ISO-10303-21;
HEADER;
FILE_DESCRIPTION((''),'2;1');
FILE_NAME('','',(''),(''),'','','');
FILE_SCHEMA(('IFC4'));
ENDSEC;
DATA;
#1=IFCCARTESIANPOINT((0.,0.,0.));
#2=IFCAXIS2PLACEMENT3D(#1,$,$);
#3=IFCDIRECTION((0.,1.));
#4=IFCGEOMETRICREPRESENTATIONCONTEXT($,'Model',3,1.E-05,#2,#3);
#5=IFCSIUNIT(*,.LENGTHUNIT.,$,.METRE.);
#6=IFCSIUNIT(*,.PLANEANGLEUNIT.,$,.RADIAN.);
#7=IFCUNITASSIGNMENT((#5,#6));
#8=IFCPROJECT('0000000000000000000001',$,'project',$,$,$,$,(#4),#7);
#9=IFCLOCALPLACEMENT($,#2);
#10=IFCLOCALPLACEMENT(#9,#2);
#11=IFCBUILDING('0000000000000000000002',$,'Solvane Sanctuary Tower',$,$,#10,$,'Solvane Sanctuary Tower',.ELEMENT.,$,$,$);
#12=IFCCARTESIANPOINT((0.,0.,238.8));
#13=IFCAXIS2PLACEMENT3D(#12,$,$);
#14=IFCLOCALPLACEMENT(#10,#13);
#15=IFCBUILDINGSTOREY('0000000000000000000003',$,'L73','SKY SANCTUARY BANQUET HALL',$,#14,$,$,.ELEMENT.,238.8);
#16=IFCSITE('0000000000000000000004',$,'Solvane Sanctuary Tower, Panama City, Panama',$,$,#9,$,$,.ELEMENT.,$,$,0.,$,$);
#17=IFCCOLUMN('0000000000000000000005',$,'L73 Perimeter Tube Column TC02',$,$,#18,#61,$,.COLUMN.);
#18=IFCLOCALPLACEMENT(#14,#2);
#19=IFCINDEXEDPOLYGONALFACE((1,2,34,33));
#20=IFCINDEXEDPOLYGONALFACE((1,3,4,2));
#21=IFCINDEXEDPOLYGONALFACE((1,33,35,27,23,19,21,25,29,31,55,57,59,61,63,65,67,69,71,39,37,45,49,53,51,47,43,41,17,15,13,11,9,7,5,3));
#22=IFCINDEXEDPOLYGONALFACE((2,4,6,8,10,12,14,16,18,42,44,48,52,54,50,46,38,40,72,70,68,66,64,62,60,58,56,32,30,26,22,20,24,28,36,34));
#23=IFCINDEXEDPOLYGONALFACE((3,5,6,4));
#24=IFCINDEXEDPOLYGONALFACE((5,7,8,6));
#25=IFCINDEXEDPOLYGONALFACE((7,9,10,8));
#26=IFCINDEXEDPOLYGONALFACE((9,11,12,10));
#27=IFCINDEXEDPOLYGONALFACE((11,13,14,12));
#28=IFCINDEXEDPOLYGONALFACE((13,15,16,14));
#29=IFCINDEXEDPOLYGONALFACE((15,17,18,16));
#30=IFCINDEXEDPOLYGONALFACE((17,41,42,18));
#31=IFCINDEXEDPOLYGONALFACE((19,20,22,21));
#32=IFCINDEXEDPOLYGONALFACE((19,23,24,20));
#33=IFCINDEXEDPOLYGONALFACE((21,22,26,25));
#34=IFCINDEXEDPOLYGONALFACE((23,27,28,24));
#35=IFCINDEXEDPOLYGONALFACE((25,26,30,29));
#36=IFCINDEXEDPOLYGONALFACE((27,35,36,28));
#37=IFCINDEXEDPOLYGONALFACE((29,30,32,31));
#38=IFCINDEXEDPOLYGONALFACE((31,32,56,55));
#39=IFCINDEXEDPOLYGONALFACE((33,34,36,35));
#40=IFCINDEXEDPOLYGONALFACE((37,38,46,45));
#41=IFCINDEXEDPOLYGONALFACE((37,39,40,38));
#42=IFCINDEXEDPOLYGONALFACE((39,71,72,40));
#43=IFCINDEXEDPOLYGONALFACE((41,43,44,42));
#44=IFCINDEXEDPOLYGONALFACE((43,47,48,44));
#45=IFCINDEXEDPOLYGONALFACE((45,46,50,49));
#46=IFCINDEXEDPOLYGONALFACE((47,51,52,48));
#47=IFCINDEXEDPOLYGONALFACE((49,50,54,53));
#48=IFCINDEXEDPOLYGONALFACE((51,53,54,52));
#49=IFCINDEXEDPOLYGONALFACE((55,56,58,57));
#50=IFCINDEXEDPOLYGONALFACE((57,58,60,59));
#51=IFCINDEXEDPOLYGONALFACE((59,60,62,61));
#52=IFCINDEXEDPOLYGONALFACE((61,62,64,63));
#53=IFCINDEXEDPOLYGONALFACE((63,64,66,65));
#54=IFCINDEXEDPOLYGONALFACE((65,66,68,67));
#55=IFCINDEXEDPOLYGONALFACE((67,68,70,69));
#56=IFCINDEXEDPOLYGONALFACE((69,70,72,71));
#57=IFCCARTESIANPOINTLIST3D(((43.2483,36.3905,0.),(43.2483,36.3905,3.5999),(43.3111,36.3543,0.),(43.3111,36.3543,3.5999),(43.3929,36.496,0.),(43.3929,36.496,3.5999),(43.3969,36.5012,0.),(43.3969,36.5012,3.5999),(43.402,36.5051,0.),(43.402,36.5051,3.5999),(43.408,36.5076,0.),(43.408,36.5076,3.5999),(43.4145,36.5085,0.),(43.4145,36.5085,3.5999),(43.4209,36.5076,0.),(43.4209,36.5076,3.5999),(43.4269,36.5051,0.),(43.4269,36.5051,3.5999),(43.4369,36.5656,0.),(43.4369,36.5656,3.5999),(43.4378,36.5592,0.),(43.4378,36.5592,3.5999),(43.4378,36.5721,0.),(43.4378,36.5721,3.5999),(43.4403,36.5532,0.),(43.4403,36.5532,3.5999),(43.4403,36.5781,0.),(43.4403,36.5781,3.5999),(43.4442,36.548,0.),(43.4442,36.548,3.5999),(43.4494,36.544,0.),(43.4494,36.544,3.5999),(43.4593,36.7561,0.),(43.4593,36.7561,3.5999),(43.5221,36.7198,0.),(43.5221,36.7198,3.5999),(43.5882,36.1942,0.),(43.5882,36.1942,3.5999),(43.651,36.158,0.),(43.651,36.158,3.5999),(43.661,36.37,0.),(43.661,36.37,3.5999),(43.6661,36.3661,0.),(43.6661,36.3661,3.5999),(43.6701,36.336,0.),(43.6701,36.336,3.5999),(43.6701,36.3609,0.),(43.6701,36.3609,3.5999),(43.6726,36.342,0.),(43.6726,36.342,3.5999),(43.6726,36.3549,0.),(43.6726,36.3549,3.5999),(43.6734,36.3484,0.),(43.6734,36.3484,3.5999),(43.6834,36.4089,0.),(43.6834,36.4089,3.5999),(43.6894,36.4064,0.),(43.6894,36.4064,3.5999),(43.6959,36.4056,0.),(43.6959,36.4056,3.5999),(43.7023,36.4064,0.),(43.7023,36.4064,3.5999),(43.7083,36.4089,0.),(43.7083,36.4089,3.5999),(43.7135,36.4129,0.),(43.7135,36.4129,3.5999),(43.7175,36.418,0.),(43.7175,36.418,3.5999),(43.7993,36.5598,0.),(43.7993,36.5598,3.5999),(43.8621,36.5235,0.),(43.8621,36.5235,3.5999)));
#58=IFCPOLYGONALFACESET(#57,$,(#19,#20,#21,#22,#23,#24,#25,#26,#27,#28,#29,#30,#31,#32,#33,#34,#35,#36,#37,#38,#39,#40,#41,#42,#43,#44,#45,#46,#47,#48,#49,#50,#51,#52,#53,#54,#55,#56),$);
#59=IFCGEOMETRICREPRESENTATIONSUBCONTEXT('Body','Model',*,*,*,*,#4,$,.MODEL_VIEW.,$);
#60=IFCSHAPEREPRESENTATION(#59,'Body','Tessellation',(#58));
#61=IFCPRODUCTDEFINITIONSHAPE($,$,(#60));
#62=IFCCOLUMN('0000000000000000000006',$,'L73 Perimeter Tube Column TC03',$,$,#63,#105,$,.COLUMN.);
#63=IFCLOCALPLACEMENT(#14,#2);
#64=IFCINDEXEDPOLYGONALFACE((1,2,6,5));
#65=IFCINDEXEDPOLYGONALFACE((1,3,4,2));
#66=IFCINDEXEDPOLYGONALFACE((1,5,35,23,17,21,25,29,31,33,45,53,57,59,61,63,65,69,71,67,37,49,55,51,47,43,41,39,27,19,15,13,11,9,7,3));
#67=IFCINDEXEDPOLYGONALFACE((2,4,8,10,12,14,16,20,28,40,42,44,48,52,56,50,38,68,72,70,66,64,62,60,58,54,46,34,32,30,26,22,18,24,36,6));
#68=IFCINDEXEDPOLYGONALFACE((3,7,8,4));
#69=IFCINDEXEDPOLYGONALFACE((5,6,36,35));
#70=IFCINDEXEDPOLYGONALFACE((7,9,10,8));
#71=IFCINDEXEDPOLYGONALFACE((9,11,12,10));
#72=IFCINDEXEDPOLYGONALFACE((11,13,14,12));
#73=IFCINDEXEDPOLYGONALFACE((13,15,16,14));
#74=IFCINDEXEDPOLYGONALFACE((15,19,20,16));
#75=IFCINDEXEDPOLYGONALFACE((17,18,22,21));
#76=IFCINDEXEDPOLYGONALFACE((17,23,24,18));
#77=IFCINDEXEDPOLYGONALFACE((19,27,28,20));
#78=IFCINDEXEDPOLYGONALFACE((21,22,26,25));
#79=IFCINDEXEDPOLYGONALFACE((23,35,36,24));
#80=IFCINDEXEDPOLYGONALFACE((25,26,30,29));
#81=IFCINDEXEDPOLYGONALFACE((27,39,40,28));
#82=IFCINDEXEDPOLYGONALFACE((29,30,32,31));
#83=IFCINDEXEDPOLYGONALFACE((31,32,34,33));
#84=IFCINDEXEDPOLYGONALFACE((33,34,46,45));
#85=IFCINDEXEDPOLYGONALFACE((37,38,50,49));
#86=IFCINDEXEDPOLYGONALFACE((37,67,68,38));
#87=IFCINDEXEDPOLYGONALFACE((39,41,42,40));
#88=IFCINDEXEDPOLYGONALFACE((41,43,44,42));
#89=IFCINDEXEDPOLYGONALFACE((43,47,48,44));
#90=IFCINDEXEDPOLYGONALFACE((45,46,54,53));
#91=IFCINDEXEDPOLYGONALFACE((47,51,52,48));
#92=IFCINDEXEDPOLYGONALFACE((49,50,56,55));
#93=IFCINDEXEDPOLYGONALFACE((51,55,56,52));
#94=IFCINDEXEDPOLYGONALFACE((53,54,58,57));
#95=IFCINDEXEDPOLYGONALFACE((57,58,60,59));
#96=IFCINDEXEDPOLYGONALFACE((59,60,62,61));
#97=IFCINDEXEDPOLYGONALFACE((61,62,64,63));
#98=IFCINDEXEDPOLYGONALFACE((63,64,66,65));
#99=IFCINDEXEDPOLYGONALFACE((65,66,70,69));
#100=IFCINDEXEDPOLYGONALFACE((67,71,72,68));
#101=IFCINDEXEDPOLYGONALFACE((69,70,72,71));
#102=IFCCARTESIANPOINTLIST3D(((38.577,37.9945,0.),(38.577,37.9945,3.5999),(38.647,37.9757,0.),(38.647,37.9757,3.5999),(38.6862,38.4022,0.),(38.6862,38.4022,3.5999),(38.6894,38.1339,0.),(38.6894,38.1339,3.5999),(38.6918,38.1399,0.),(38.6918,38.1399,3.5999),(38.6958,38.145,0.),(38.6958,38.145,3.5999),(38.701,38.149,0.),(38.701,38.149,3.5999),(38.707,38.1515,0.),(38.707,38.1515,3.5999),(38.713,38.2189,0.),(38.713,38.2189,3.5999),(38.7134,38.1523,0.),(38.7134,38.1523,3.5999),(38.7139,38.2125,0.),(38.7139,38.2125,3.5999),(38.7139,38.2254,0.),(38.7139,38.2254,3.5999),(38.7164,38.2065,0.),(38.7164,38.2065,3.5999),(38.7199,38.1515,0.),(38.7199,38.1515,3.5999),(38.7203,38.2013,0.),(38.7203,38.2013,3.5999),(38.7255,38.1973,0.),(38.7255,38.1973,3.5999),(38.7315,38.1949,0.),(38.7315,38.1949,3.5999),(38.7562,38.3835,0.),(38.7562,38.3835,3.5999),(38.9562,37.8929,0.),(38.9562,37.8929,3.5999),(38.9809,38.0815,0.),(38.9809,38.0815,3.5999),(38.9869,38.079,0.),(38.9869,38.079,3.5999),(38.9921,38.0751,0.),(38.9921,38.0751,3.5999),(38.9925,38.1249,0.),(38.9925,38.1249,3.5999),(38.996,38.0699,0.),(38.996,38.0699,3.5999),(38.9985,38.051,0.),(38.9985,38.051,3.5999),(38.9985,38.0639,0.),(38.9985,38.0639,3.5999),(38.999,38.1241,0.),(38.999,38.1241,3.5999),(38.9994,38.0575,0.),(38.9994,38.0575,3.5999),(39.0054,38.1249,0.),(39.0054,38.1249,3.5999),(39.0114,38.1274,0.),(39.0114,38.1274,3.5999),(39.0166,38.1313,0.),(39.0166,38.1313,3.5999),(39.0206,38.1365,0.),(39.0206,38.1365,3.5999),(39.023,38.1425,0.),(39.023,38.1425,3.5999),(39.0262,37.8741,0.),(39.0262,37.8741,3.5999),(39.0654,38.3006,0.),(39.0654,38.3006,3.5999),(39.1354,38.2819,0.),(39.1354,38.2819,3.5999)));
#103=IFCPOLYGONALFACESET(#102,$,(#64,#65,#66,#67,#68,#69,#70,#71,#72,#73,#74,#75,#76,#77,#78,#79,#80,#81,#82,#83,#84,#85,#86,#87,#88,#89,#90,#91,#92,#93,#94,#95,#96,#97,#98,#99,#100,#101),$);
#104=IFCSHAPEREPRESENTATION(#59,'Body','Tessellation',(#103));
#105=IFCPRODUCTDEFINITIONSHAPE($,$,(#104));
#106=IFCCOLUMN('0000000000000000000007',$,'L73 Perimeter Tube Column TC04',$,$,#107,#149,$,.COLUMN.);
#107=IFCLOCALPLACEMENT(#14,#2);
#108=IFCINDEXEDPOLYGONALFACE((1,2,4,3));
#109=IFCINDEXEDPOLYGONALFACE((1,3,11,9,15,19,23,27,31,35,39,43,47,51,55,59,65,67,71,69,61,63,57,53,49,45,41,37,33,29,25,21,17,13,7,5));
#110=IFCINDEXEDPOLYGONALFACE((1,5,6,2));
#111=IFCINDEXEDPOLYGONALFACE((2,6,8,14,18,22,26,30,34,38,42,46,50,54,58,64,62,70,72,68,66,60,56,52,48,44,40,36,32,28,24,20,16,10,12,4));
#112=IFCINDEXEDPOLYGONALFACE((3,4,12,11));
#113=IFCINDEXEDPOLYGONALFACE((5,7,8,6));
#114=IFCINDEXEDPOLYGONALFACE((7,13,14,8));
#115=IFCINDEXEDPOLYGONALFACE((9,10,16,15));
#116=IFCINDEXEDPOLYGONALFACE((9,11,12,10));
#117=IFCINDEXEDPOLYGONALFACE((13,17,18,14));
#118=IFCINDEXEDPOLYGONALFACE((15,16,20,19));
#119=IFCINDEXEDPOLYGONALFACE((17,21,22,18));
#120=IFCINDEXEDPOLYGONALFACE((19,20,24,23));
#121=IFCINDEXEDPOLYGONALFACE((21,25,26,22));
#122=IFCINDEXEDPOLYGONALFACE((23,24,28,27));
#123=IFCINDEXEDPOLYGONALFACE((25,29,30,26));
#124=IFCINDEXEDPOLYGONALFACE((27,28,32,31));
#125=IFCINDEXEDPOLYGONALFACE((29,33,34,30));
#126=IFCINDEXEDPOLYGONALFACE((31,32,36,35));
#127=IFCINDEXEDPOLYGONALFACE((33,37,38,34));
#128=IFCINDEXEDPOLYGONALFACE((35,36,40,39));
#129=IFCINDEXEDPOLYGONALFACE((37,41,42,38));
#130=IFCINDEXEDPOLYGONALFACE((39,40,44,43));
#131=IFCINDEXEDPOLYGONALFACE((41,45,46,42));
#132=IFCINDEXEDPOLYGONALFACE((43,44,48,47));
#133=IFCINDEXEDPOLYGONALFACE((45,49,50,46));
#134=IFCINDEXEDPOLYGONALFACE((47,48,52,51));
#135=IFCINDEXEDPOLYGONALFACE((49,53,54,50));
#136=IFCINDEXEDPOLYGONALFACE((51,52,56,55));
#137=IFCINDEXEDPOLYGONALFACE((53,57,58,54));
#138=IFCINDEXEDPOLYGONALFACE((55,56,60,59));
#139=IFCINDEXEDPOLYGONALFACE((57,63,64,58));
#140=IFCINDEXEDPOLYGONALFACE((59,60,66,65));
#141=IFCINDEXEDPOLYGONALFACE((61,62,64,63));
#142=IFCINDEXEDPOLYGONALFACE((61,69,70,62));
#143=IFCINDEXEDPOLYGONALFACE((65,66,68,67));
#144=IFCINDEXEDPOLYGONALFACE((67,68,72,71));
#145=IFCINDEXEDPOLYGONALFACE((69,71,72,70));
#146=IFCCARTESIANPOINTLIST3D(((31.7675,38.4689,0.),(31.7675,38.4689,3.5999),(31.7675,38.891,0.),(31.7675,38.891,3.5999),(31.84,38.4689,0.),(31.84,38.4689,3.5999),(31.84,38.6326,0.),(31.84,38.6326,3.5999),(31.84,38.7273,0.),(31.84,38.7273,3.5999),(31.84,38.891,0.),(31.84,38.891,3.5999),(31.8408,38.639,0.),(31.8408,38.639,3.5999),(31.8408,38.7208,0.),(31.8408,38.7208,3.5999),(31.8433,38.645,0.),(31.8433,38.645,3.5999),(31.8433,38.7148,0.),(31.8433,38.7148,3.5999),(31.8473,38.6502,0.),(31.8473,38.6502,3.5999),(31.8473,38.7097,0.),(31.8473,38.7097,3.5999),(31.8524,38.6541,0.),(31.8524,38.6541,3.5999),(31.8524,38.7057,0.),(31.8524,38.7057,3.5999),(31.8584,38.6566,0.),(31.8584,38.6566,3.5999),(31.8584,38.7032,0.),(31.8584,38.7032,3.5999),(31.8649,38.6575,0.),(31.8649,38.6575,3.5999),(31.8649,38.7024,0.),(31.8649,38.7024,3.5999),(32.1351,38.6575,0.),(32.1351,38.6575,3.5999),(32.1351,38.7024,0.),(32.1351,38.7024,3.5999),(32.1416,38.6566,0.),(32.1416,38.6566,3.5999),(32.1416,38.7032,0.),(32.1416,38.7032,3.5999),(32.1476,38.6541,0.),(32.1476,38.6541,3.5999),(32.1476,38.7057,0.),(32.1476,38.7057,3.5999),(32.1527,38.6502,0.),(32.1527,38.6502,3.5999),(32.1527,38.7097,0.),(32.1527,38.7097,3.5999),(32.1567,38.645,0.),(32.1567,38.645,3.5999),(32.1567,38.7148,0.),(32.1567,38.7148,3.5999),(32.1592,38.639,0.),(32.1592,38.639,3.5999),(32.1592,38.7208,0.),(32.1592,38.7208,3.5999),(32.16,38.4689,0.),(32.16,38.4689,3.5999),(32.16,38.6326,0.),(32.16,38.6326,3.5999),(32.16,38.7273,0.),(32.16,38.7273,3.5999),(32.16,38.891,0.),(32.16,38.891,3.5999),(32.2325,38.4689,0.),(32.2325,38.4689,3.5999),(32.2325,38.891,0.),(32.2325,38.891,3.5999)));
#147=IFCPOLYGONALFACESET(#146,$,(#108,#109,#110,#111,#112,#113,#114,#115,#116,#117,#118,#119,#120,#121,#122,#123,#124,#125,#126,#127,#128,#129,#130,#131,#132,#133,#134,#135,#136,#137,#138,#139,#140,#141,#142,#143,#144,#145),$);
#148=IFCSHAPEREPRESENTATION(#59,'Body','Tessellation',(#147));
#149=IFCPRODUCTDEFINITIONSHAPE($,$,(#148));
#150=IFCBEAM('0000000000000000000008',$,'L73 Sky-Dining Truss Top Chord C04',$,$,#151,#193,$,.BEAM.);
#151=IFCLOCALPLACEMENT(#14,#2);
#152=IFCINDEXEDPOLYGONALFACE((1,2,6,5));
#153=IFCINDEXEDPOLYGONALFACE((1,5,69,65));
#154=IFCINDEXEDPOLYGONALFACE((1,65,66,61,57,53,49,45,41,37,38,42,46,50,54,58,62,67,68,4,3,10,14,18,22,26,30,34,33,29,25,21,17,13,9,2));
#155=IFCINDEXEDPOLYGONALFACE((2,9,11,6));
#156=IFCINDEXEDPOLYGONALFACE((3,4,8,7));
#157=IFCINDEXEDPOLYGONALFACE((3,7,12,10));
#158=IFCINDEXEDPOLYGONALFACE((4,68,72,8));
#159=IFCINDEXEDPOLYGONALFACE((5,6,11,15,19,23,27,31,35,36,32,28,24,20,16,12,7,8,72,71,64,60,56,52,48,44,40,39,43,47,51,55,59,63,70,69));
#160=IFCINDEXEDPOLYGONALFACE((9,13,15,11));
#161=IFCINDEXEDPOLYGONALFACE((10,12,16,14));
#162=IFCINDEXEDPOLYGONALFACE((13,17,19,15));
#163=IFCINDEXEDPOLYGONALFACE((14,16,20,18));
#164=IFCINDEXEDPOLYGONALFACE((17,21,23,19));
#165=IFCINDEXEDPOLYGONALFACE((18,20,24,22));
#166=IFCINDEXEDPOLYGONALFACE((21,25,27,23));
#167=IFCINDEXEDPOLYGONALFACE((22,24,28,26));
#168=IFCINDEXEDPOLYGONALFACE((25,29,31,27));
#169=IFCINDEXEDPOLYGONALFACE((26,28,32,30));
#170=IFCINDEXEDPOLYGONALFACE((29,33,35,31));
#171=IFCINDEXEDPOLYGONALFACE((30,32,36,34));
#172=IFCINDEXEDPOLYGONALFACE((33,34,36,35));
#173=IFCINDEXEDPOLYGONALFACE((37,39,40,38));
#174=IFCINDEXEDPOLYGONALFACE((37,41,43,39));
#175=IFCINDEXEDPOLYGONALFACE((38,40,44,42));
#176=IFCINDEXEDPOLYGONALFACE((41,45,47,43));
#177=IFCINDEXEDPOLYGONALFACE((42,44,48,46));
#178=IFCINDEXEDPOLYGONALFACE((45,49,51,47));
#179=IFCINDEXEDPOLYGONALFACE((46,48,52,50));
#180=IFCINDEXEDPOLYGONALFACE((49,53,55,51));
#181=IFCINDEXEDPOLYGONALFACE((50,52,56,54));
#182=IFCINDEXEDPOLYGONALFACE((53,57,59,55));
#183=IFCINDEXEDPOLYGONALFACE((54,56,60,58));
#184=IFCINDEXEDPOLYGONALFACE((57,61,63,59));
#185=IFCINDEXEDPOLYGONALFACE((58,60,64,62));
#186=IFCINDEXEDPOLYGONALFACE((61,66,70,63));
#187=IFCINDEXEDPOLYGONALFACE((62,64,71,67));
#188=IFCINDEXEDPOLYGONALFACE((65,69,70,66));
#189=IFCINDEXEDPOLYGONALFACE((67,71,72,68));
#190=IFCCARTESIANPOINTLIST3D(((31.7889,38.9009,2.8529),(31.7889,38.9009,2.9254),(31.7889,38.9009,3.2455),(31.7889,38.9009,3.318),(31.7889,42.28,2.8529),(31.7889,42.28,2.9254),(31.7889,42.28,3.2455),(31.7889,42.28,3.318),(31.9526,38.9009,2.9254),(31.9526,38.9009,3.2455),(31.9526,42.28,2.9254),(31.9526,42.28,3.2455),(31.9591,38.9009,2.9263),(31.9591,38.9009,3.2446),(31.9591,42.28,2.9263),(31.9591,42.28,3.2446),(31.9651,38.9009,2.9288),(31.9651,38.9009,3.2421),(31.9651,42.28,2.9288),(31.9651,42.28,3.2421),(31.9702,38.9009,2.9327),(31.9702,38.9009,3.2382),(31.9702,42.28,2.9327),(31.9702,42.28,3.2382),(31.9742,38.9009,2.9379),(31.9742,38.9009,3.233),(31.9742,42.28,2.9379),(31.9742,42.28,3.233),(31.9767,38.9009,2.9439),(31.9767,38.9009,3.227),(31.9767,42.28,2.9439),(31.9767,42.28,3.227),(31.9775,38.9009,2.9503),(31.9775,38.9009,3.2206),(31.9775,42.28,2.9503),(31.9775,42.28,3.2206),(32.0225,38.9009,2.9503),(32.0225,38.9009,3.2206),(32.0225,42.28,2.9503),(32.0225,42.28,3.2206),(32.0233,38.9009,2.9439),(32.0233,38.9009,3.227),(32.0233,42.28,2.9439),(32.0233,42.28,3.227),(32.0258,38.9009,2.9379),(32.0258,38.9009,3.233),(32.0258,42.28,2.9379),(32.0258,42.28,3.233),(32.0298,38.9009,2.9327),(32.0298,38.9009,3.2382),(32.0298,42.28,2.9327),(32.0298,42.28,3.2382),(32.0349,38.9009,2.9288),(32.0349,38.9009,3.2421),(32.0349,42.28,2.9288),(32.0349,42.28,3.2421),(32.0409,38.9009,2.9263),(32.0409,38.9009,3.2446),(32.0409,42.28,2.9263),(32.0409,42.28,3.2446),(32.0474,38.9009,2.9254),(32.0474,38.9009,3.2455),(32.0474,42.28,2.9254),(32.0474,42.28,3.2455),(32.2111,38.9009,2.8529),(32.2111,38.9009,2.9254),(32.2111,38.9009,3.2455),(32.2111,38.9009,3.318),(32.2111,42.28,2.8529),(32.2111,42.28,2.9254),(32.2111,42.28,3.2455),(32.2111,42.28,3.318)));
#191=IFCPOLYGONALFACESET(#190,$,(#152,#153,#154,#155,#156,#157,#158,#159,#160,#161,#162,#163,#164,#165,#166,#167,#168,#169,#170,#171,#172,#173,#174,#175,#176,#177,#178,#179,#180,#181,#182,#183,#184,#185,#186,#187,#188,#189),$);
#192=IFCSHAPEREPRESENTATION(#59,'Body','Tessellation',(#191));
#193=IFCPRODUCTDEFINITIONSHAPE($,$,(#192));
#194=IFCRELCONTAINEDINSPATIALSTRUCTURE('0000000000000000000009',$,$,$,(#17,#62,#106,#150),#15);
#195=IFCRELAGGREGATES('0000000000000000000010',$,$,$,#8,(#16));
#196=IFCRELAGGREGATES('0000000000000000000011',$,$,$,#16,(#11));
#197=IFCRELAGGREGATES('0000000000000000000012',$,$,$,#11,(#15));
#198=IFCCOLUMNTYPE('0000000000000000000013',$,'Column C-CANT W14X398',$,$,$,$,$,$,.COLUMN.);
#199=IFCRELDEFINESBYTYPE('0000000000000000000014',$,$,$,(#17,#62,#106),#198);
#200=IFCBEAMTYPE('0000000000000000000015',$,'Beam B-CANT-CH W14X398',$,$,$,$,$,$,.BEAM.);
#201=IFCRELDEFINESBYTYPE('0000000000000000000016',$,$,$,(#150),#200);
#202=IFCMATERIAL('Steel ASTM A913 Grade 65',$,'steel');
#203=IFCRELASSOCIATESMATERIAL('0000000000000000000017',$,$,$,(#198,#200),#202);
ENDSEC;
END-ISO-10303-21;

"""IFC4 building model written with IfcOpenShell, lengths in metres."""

from ifc_helpers import new_model, si_unit, direction, frame, origin, origin_2d, place, context, subcontext, project, spatial, i_section, extrude, material, material_profile, profile_set, type_object, element, save


model = new_model("IFC4")

# Units and contexts
model_context = context("Model", 3, precision=1e-05, world=origin(), true_north=direction((0.0, 1.0)))
body_context = subcontext(model_context, "Body", "Model", "MODEL_VIEW")
ifc_project = project(units=[si_unit("LENGTHUNIT", "METRE"), si_unit("PLANEANGLEUNIT", "RADIAN")], contexts=[model_context])

# Site, building, storey
site_placement = place(None, origin())
site = spatial("IfcSite", under=ifc_project, at=site_placement, Name="Solvane Sanctuary Tower, Panama City, Panama", CompositionType="ELEMENT", RefElevation=0.0)
building_placement = place(site_placement, origin())
building = spatial("IfcBuilding", under=site, at=building_placement, Name="Solvane Sanctuary Tower", LongName="Solvane Sanctuary Tower", CompositionType="ELEMENT")
storey_placement = place(building_placement, frame((0.0, 0.0, 238.8)))
storey = spatial("IfcBuildingStorey", under=building, at=storey_placement, Name="L73", Description="SKY SANCTUARY BANQUET HALL", CompositionType="ELEMENT", Elevation=238.8)

# Columns
ifc_material_1 = material(Name="Steel ASTM A913 Grade 65", Category="steel")
ifc_material_profile_1 = material_profile(ifc_material_1, i_section(OverallWidth=0.4221, OverallDepth=0.4651, WebThickness=0.0449, FlangeThickness=0.0725, FilletRadius=0.0249, at=origin_2d()), Name="W14X398")
ifc_profile_set_1 = profile_set([ifc_material_profile_1], Name="Steel ASTM A913 Grade 65")
column_type = type_object("IfcColumnType", Name="Column C-CANT W14X398", PredefinedType="COLUMN", material=ifc_profile_set_1)
for number, where, z_axis, x_axis, name in (
    (1, (43.5552, 36.457, 0.0), (0.0, 0.0, 1.0), (0.5, 0.866025, 0.0), "L73 Perimeter Tube Column TC02"),
    (2, (38.8562, 38.1382, 0.0), (0.0, 0.0, 1.0), (0.258819, 0.965926, 0.0), "L73 Perimeter Tube Column TC03"),
    (3, (32.0, 38.6799, 0.0), (0.0, 0.0, 1.0), (0.0, 1.0, 0.0), "L73 Perimeter Tube Column TC04"),
):
    element("IfcColumn", number, at=place(storey_placement, frame(where, z_axis=z_axis, x_axis=x_axis)), inside=storey, type_object=column_type, Name=name, PredefinedType="COLUMN", context=body_context, shape_type="SweptSolid", body=[
        extrude(i_section(OverallWidth=0.4221, OverallDepth=0.4651, WebThickness=0.0449, FlangeThickness=0.0725, FilletRadius=0.0249, at=origin_2d()), origin(), (0.0, 0.0, 1.0), 3.5999),
    ])

# Beam
ifc_material_profile_2 = material_profile(ifc_material_1, i_section(OverallWidth=0.4221, OverallDepth=0.4651, WebThickness=0.0449, FlangeThickness=0.0725, FilletRadius=0.0249, at=origin_2d()), Name="W14X398")
ifc_profile_set_2 = profile_set([ifc_material_profile_2], Name="Steel ASTM A913 Grade 65")
beam_type_1 = type_object("IfcBeamType", Name="Beam B-CANT-CH W14X398", PredefinedType="BEAM", material=ifc_profile_set_2)
beam_1_placement = place(storey_placement, frame((32.0, 38.9009, 3.0854), z_axis=(0.0, 1.0, 0.0), x_axis=(-1.0, 0.0, 0.0)))
element("IfcBeam", 4, at=beam_1_placement, inside=storey, type_object=beam_type_1, Name="L73 Sky-Dining Truss Top Chord C04", PredefinedType="BEAM", context=body_context, shape_type="SweptSolid", body=[
    extrude(i_section(OverallWidth=0.4221, OverallDepth=0.4651, WebThickness=0.0449, FlangeThickness=0.0725, FilletRadius=0.0249, at=origin_2d()), origin(), (0.0, 0.0, 1.0), 3.3792),
])

save(model, "model.ifc")
